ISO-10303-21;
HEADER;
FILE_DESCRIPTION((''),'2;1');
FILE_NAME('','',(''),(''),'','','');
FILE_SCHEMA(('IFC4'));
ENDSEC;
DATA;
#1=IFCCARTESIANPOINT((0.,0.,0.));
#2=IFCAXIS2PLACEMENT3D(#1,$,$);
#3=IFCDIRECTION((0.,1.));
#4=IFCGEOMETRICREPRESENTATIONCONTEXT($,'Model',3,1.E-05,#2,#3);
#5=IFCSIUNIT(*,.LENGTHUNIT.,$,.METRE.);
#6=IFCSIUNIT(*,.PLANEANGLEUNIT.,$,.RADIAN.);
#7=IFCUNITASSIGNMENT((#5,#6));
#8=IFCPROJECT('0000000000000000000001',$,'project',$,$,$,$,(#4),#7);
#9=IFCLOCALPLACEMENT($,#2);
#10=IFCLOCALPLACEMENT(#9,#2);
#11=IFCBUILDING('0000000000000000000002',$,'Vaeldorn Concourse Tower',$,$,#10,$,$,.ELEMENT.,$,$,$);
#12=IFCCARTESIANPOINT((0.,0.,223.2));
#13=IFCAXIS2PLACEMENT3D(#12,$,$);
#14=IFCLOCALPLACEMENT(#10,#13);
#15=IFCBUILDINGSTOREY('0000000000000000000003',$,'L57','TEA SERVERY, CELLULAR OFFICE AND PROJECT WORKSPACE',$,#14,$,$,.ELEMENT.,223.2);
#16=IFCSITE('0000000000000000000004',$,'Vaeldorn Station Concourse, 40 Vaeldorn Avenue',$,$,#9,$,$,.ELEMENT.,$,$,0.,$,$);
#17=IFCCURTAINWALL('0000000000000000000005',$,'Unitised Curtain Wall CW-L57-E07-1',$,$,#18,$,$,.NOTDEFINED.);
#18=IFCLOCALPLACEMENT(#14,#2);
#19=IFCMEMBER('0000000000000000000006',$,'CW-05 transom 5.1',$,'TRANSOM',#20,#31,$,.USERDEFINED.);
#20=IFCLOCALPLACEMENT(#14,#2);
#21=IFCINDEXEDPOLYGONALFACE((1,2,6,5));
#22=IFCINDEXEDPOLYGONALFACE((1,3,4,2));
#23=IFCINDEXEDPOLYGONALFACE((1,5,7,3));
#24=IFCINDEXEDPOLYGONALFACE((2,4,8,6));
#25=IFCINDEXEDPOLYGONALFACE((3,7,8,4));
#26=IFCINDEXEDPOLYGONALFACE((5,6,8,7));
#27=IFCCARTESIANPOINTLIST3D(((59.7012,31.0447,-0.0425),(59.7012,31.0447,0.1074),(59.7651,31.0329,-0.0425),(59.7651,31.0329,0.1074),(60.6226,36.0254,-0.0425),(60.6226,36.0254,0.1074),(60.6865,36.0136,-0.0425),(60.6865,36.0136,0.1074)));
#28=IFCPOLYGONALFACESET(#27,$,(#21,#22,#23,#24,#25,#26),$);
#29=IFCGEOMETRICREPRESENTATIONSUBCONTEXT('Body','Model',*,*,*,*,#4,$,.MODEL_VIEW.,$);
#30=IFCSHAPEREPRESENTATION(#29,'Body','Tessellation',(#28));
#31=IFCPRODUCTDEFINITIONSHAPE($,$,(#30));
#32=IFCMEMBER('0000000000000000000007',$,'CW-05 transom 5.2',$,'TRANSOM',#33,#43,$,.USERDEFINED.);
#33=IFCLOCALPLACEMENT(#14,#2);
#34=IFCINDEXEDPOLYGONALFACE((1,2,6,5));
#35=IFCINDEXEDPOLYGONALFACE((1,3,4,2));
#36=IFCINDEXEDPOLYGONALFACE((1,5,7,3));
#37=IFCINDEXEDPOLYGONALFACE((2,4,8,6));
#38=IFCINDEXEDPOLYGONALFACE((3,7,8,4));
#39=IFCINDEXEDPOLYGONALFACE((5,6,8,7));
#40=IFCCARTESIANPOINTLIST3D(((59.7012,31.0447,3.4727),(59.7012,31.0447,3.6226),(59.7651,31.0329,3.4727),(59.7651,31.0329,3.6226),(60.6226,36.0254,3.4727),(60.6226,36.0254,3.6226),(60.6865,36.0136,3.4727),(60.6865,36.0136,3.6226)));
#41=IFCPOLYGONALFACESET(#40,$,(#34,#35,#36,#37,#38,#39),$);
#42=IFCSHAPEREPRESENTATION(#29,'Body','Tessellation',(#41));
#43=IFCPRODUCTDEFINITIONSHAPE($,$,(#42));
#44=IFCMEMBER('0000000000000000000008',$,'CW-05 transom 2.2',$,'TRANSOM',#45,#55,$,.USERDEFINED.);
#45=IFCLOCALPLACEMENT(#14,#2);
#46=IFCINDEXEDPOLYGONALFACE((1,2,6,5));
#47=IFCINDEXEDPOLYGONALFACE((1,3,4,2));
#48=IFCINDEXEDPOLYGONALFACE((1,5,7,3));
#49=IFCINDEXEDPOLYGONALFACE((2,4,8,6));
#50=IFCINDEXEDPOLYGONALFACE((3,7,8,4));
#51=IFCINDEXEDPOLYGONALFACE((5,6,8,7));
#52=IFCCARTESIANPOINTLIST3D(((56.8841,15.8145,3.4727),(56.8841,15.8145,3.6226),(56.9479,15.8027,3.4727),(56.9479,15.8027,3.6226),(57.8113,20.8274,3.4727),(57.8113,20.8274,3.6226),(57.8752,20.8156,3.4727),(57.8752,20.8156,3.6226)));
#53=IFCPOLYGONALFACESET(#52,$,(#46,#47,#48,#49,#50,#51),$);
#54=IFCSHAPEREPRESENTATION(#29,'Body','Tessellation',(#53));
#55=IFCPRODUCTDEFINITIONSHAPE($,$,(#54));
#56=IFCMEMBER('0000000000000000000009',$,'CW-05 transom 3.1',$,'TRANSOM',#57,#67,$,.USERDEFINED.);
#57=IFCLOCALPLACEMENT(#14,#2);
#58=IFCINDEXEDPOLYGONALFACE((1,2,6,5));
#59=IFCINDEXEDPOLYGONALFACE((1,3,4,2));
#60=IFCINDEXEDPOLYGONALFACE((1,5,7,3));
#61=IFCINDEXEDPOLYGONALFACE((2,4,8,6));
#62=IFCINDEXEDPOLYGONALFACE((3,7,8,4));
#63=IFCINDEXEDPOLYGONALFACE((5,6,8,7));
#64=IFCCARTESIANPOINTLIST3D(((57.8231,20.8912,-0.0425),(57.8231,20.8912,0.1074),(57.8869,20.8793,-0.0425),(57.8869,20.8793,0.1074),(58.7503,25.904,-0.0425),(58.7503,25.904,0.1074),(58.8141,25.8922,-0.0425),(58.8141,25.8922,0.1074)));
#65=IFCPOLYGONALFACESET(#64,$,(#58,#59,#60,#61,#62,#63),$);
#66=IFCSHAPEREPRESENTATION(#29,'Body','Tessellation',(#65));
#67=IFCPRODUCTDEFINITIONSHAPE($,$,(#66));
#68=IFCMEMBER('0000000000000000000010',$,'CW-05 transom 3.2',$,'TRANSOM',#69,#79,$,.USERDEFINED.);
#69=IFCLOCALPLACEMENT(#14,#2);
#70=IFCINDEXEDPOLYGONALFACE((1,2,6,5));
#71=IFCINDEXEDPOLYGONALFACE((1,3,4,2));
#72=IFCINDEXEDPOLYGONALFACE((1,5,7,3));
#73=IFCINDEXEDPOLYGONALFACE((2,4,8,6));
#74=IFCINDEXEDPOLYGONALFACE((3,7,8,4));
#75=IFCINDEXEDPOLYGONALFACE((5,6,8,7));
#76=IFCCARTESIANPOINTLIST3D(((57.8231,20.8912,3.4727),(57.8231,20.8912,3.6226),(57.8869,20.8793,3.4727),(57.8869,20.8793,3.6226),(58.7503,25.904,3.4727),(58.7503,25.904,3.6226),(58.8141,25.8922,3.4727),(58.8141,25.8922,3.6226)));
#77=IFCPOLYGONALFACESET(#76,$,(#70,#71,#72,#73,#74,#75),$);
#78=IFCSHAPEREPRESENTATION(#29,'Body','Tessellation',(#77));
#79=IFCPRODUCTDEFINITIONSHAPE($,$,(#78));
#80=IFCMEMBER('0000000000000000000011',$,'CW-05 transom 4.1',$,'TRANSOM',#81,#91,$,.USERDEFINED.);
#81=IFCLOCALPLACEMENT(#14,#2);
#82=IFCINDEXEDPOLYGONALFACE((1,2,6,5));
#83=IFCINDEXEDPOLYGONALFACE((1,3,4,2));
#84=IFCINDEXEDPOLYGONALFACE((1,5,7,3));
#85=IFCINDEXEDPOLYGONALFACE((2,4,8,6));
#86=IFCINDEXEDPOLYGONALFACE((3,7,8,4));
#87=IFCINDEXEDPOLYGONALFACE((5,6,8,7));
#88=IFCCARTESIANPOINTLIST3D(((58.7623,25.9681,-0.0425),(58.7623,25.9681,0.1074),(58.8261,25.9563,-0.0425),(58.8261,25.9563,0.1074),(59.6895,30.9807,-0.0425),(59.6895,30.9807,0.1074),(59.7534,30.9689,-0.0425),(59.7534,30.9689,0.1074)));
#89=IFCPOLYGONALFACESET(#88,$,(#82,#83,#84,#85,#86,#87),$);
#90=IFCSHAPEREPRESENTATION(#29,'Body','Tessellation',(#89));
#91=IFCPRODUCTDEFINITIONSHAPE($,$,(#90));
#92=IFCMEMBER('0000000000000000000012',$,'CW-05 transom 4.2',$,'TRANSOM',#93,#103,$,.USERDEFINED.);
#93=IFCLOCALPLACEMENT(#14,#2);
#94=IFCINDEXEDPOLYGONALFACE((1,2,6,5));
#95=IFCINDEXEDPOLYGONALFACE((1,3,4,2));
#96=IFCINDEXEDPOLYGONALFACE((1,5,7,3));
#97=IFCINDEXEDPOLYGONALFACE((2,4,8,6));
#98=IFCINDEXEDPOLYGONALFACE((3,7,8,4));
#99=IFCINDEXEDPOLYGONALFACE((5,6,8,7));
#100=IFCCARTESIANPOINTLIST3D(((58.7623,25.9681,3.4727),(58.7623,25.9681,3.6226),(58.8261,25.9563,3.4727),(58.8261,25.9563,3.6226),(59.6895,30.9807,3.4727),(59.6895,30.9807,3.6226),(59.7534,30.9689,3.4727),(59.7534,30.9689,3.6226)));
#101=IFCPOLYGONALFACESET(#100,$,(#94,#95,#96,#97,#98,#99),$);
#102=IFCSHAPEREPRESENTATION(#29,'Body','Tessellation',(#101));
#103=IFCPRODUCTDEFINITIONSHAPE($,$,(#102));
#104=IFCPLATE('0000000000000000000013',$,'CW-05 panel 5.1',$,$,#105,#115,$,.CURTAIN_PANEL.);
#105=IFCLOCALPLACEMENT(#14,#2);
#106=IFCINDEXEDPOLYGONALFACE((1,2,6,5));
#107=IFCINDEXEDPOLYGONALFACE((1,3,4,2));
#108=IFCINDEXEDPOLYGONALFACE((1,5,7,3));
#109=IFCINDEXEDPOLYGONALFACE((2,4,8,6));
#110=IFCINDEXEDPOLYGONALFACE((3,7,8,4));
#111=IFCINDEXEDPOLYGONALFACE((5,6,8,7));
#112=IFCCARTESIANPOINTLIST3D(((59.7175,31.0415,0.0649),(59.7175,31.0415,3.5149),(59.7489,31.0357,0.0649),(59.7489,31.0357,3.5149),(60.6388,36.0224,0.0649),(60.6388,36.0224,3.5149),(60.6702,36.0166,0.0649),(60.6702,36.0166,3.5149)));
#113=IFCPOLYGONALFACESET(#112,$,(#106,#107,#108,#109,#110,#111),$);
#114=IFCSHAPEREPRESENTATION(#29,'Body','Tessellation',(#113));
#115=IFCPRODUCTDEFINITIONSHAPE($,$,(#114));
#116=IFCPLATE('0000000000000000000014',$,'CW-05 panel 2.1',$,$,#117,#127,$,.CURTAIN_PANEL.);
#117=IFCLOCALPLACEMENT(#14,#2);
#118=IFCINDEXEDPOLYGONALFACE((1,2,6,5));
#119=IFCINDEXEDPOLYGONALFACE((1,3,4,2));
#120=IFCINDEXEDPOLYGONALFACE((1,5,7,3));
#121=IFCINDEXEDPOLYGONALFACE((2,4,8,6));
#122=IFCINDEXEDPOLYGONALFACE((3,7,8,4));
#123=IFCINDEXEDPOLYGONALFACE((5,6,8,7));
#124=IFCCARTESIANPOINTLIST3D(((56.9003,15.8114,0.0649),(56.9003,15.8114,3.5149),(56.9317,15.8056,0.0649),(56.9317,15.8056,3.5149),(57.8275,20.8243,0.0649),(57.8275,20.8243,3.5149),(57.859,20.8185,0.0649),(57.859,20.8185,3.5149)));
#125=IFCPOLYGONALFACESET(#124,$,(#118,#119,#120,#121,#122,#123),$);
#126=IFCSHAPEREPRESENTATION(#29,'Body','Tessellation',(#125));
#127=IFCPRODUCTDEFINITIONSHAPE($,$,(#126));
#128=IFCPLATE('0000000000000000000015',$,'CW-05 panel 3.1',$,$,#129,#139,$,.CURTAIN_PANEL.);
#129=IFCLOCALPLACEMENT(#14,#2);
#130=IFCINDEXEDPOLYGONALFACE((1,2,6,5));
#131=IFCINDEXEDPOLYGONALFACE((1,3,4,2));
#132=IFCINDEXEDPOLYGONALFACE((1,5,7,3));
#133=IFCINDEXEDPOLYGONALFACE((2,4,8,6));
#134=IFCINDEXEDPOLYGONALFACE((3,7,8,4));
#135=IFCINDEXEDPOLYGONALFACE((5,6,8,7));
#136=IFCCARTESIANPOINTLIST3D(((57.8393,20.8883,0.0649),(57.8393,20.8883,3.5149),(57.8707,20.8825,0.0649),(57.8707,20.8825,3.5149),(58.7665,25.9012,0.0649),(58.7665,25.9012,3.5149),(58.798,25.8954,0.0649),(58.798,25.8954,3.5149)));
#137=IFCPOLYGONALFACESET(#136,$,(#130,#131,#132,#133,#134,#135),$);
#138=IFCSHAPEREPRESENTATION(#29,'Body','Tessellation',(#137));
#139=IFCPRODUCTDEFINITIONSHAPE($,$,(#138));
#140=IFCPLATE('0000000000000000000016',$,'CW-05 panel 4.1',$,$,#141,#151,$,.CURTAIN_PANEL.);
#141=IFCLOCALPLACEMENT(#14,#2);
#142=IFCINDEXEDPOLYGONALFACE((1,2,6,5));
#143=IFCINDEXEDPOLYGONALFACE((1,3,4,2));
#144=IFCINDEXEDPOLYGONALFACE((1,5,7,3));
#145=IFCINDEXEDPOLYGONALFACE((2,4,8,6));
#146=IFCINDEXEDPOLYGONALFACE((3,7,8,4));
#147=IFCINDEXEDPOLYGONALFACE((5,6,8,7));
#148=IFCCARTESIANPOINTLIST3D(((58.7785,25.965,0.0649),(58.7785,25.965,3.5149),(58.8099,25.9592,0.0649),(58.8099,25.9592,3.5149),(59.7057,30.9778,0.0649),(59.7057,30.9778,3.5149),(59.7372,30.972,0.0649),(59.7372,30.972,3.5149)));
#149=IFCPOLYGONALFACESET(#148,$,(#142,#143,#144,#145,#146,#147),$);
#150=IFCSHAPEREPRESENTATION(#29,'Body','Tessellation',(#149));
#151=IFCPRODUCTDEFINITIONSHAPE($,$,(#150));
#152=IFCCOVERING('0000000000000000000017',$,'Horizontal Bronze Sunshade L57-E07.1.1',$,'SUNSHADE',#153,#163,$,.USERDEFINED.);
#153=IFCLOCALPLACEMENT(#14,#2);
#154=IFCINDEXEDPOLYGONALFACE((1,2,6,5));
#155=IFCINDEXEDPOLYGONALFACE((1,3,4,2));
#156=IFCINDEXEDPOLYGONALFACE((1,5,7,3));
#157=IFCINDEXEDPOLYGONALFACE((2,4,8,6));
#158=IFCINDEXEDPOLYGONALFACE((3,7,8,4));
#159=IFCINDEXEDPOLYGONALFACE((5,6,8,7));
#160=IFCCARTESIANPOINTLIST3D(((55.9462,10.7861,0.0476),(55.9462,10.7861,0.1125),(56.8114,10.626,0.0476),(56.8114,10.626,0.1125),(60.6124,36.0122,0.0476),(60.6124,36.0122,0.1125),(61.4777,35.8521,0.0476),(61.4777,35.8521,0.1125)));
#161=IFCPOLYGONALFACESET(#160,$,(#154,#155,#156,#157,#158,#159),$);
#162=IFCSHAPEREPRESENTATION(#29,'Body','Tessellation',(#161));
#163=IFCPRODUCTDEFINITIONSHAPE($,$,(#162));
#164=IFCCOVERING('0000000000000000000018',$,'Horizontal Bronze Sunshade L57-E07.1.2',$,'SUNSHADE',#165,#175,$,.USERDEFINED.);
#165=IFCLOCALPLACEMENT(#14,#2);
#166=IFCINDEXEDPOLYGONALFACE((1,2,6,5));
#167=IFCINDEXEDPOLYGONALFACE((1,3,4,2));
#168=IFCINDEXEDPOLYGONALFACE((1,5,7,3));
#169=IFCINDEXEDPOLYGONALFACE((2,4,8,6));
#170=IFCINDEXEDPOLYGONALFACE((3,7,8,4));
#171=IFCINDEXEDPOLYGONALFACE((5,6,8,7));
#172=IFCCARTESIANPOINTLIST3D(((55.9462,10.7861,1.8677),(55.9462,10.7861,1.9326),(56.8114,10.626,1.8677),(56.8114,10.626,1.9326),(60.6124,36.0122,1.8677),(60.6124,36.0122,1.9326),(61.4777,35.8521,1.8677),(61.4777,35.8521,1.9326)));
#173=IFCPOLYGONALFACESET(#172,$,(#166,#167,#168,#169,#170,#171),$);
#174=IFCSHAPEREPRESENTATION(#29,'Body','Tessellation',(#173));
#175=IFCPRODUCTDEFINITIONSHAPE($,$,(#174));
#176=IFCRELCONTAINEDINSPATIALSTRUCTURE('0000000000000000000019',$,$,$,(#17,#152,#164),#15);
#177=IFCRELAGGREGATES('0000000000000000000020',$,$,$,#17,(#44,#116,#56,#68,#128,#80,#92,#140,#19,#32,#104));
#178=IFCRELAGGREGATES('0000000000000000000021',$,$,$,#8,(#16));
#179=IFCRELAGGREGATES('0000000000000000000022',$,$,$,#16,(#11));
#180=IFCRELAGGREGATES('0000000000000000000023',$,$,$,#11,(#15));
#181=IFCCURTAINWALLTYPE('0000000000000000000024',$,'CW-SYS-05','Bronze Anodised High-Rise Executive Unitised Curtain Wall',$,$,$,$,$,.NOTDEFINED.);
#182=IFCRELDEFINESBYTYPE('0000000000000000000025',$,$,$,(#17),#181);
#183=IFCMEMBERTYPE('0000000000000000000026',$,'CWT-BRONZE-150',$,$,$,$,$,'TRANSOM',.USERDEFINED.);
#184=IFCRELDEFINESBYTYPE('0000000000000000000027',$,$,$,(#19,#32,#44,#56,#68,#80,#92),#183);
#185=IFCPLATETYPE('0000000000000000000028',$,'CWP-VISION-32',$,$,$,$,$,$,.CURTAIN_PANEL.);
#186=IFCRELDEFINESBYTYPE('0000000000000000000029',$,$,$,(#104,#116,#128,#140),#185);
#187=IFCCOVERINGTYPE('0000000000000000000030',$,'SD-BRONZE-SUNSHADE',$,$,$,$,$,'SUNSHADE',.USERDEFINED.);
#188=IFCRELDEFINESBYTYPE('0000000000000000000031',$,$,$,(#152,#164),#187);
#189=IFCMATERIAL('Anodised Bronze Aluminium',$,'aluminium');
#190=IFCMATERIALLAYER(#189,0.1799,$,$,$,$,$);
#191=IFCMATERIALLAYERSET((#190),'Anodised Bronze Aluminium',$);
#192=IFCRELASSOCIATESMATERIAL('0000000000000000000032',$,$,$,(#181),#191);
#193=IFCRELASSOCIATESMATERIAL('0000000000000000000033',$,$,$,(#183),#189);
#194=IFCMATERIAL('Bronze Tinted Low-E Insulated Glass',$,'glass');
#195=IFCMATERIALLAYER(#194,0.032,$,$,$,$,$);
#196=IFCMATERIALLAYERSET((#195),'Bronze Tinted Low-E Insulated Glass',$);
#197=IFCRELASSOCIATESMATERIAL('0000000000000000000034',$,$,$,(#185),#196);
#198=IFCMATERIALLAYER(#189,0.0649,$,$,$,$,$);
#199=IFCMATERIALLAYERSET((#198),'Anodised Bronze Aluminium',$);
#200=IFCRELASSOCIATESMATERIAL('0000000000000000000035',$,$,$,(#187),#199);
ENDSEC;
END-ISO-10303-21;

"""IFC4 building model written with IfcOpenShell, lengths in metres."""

from ifc_helpers import new_model, si_unit, direction, frame, origin, origin_2d, place, context, subcontext, project, spatial, rectangle, extrude, source, transform, mapped, material, layer, layer_set, material_profile, profile_set, type_object, element, aggregate, save


model = new_model("IFC4")

# Units and contexts
model_context = context("Model", 3, precision=1e-05, world=origin(), true_north=direction((0.0, 1.0)))
body_context = subcontext(model_context, "Body", "Model", "MODEL_VIEW")
ifc_project = project(units=[si_unit("LENGTHUNIT", "METRE"), si_unit("PLANEANGLEUNIT", "RADIAN")], contexts=[model_context])

# Site, building, storey
site_placement = place(None, origin())
site = spatial("IfcSite", under=ifc_project, at=site_placement, Name="Vaeldorn Station Concourse, 40 Vaeldorn Avenue", CompositionType="ELEMENT", RefElevation=0.0)
building_placement = place(site_placement, origin())
building = spatial("IfcBuilding", under=site, at=building_placement, Name="Vaeldorn Concourse Tower", CompositionType="ELEMENT")
storey_placement = place(building_placement, frame((0.0, 0.0, 223.2)))
storey = spatial("IfcBuildingStorey", under=building, at=storey_placement, Name="L57", Description="TEA SERVERY, CELLULAR OFFICE AND PROJECT WORKSPACE", CompositionType="ELEMENT", Elevation=223.2)

# Curtain wall, members, plates
ifc_material_1 = material(Name="Anodised Bronze Aluminium", Category="aluminium")
ifc_layer_1 = layer(ifc_material_1, 0.1799)
ifc_layer_set_1 = layer_set([ifc_layer_1], Name="Anodised Bronze Aluminium")
curtain_wall_type = type_object("IfcCurtainWallType", Name="CW-SYS-05", Description="Bronze Anodised High-Rise Executive Unitised Curtain Wall", PredefinedType="NOTDEFINED", material=ifc_layer_set_1)
curtain_wall_placement = place(storey_placement, origin())
curtain_wall = element("IfcCurtainWall", 1, at=curtain_wall_placement, inside=storey, type_object=curtain_wall_type, Name="Unitised Curtain Wall CW-L57-E07-1", PredefinedType="NOTDEFINED")
ifc_material_profile_1 = material_profile(ifc_material_1, rectangle(XDim=0.0649, YDim=0.1499, at=origin_2d()), Name="CWT 65x150")
ifc_profile_set_1 = profile_set([ifc_material_profile_1], Name="Anodised Bronze Aluminium")
member_type_1 = type_object("IfcMemberType", Name="CWT-BRONZE-150", ElementType="TRANSOM", PredefinedType="USERDEFINED", material=ifc_profile_set_1)
shared_shape_1 = source(origin(), body_context, "Body", "SweptSolid", [
    extrude(rectangle(XDim=0.0649, YDim=0.1499, at=origin_2d()), origin(), (0.0, 0.0, 1.0), 5.0652),
])
member_1_placement = place(storey_placement, frame((59.7332, 31.0388, 0.0325), z_axis=(0.181905, 0.983316, 0.0), x_axis=(-0.983316, 0.181905, 0.0)))
member_1 = element("IfcMember", 2, at=member_1_placement, type_object=member_type_1, Name="CW-05 transom 5.1", ObjectType="TRANSOM", PredefinedType="USERDEFINED", context=body_context, shape_type="MappedRepresentation", body=[
    mapped(shared_shape_1, transform((0.0, 0.0, 0.0), scale=1.0)),
])
member_2_placement = place(storey_placement, frame((59.7332, 31.0388, 3.5476), z_axis=(0.181905, 0.983316, 0.0), x_axis=(-0.983316, 0.181905, 0.0)))
member_2 = element("IfcMember", 3, at=member_2_placement, type_object=member_type_1, Name="CW-05 transom 5.2", ObjectType="TRANSOM", PredefinedType="USERDEFINED", context=body_context, shape_type="MappedRepresentation", body=[
    mapped(shared_shape_1, transform((0.0, 0.0, 0.0), scale=1.0)),
])
shared_shape_2 = source(origin(), body_context, "Body", "SweptSolid", [
    extrude(rectangle(XDim=0.0649, YDim=0.1499, at=origin_2d()), origin(), (0.0, 0.0, 1.0), 5.0979),
])
member_3_placement = place(storey_placement, frame((56.916, 15.8086, 3.5476), z_axis=(0.181885, 0.98332, 0.0), x_axis=(-0.98332, 0.181885, 0.0)))
member_3 = element("IfcMember", 4, at=member_3_placement, type_object=member_type_1, Name="CW-05 transom 2.2", ObjectType="TRANSOM", PredefinedType="USERDEFINED", context=body_context, shape_type="MappedRepresentation", body=[
    mapped(shared_shape_2, transform((0.0, 0.0, 0.0), scale=1.0)),
])
member_4_placement = place(storey_placement, frame((57.855, 20.8853, 0.0325), z_axis=(0.181885, 0.98332, 0.0), x_axis=(-0.98332, 0.181885, 0.0)))
member_4 = element("IfcMember", 5, at=member_4_placement, type_object=member_type_1, Name="CW-05 transom 3.1", ObjectType="TRANSOM", PredefinedType="USERDEFINED", context=body_context, shape_type="MappedRepresentation", body=[
    mapped(shared_shape_2, transform((0.0, 0.0, 0.0), scale=1.0)),
])
member_5_placement = place(storey_placement, frame((57.855, 20.8853, 3.5476), z_axis=(0.181885, 0.98332, 0.0), x_axis=(-0.98332, 0.181885, 0.0)))
member_5 = element("IfcMember", 6, at=member_5_placement, type_object=member_type_1, Name="CW-05 transom 3.2", ObjectType="TRANSOM", PredefinedType="USERDEFINED", context=body_context, shape_type="MappedRepresentation", body=[
    mapped(shared_shape_2, transform((0.0, 0.0, 0.0), scale=1.0)),
])
shared_shape_3 = source(origin(), body_context, "Body", "SweptSolid", [
    extrude(rectangle(XDim=0.0649, YDim=0.1499, at=origin_2d()), origin(), (0.0, 0.0, 1.0), 5.0977),
])
member_6_placement = place(storey_placement, frame((58.7942, 25.9622, 0.0325), z_axis=(0.181894, 0.983318, 0.0), x_axis=(-0.983318, 0.181894, 0.0)))
member_6 = element("IfcMember", 7, at=member_6_placement, type_object=member_type_1, Name="CW-05 transom 4.1", ObjectType="TRANSOM", PredefinedType="USERDEFINED", context=body_context, shape_type="MappedRepresentation", body=[
    mapped(shared_shape_3, transform((0.0, 0.0, 0.0), scale=1.0)),
])
member_7_placement = place(storey_placement, frame((58.7942, 25.9622, 3.5476), z_axis=(0.181894, 0.983318, 0.0), x_axis=(-0.983318, 0.181894, 0.0)))
member_7 = element("IfcMember", 8, at=member_7_placement, type_object=member_type_1, Name="CW-05 transom 4.2", ObjectType="TRANSOM", PredefinedType="USERDEFINED", context=body_context, shape_type="MappedRepresentation", body=[
    mapped(shared_shape_3, transform((0.0, 0.0, 0.0), scale=1.0)),
])
ifc_material_2 = material(Name="Bronze Tinted Low-E Insulated Glass", Category="glass")
ifc_layer_2 = layer(ifc_material_2, 0.032)
ifc_layer_set_2 = layer_set([ifc_layer_2], Name="Bronze Tinted Low-E Insulated Glass")
plate_type = type_object("IfcPlateType", Name="CWP-VISION-32", PredefinedType="CURTAIN_PANEL", material=ifc_layer_set_2)
shared_shape_4 = source(origin(), body_context, "Body", "SweptSolid", [
    extrude(rectangle(XDim=5.0654, YDim=0.032, at=origin_2d()), origin(), (0.0, 0.0, 1.0), 3.45),
])
plate_1_placement = place(storey_placement, frame((60.1938, 33.5291, 0.0649), z_axis=(0.0, 0.0, 1.0), x_axis=(0.181889, 0.983319, 0.0)))
plate_1 = element("IfcPlate", 9, at=plate_1_placement, type_object=plate_type, Name="CW-05 panel 5.1", PredefinedType="CURTAIN_PANEL", context=body_context, shape_type="MappedRepresentation", body=[
    mapped(shared_shape_4, transform((0.0, 0.0, 0.0), scale=1.0)),
])
shared_shape_5 = source(origin(), body_context, "Body", "SweptSolid", [
    extrude(rectangle(XDim=5.0979, YDim=0.032, at=origin_2d()), origin(), (0.0, 0.0, 1.0), 3.45),
])
plate_2_placement = place(storey_placement, frame((57.3796, 18.3149, 0.0649), z_axis=(0.0, 0.0, 1.0), x_axis=(0.181889, 0.983319, 0.0)))
plate_2 = element("IfcPlate", 10, at=plate_2_placement, type_object=plate_type, Name="CW-05 panel 2.1", PredefinedType="CURTAIN_PANEL", context=body_context, shape_type="MappedRepresentation", body=[
    mapped(shared_shape_5, transform((0.0, 0.0, 0.0), scale=1.0)),
])
plate_3_placement = place(storey_placement, frame((58.3186, 23.3918, 0.0649), z_axis=(0.0, 0.0, 1.0), x_axis=(0.181889, 0.983319, 0.0)))
plate_3 = element("IfcPlate", 11, at=plate_3_placement, type_object=plate_type, Name="CW-05 panel 3.1", PredefinedType="CURTAIN_PANEL", context=body_context, shape_type="MappedRepresentation", body=[
    mapped(shared_shape_5, transform((0.0, 0.0, 0.0), scale=1.0)),
])
plate_4_placement = place(storey_placement, frame((59.2578, 28.4685, 0.0649), z_axis=(0.0, 0.0, 1.0), x_axis=(0.181889, 0.983319, 0.0)))
plate_4 = element("IfcPlate", 12, at=plate_4_placement, type_object=plate_type, Name="CW-05 panel 4.1", PredefinedType="CURTAIN_PANEL", context=body_context, shape_type="MappedRepresentation", body=[
    mapped(shared_shape_5, transform((0.0, 0.0, 0.0), scale=1.0)),
])
aggregate(curtain_wall, [member_3, plate_2, member_4, member_5, plate_3, member_6, member_7, plate_4, member_1, member_2, plate_1])

# Coverings
ifc_layer_3 = layer(ifc_material_1, 0.0649)
ifc_layer_set_3 = layer_set([ifc_layer_3], Name="Anodised Bronze Aluminium")
covering_type = type_object("IfcCoveringType", Name="SD-BRONZE-SUNSHADE", ElementType="SUNSHADE", PredefinedType="USERDEFINED", material=ifc_layer_set_3)
shared_shape_6 = source(origin(), body_context, "Body", "SweptSolid", [
    extrude(rectangle(XDim=25.6541, YDim=0.8799, at=origin_2d()), origin(), (0.0, 0.0, 1.0), 0.0649),
])
for number, where, z_axis, x_axis, name in (
    (13, (58.7119, 23.3191, 0.0476), (0.0, 0.0, 1.0), (0.181892, 0.983318, 0.0), "Horizontal Bronze Sunshade L57-E07.1.1"),
    (14, (58.7119, 23.3191, 1.8677), (0.0, 0.0, 1.0), (0.181892, 0.983318, 0.0), "Horizontal Bronze Sunshade L57-E07.1.2"),
):
    element("IfcCovering", number, at=place(storey_placement, frame(where, z_axis=z_axis, x_axis=x_axis)), inside=storey, type_object=covering_type, Name=name, ObjectType="SUNSHADE", PredefinedType="USERDEFINED", context=body_context, shape_type="MappedRepresentation", body=[
        mapped(shared_shape_6, transform((0.0, 0.0, 0.0), scale=1.0)),
    ])

save(model, "model.ifc")
